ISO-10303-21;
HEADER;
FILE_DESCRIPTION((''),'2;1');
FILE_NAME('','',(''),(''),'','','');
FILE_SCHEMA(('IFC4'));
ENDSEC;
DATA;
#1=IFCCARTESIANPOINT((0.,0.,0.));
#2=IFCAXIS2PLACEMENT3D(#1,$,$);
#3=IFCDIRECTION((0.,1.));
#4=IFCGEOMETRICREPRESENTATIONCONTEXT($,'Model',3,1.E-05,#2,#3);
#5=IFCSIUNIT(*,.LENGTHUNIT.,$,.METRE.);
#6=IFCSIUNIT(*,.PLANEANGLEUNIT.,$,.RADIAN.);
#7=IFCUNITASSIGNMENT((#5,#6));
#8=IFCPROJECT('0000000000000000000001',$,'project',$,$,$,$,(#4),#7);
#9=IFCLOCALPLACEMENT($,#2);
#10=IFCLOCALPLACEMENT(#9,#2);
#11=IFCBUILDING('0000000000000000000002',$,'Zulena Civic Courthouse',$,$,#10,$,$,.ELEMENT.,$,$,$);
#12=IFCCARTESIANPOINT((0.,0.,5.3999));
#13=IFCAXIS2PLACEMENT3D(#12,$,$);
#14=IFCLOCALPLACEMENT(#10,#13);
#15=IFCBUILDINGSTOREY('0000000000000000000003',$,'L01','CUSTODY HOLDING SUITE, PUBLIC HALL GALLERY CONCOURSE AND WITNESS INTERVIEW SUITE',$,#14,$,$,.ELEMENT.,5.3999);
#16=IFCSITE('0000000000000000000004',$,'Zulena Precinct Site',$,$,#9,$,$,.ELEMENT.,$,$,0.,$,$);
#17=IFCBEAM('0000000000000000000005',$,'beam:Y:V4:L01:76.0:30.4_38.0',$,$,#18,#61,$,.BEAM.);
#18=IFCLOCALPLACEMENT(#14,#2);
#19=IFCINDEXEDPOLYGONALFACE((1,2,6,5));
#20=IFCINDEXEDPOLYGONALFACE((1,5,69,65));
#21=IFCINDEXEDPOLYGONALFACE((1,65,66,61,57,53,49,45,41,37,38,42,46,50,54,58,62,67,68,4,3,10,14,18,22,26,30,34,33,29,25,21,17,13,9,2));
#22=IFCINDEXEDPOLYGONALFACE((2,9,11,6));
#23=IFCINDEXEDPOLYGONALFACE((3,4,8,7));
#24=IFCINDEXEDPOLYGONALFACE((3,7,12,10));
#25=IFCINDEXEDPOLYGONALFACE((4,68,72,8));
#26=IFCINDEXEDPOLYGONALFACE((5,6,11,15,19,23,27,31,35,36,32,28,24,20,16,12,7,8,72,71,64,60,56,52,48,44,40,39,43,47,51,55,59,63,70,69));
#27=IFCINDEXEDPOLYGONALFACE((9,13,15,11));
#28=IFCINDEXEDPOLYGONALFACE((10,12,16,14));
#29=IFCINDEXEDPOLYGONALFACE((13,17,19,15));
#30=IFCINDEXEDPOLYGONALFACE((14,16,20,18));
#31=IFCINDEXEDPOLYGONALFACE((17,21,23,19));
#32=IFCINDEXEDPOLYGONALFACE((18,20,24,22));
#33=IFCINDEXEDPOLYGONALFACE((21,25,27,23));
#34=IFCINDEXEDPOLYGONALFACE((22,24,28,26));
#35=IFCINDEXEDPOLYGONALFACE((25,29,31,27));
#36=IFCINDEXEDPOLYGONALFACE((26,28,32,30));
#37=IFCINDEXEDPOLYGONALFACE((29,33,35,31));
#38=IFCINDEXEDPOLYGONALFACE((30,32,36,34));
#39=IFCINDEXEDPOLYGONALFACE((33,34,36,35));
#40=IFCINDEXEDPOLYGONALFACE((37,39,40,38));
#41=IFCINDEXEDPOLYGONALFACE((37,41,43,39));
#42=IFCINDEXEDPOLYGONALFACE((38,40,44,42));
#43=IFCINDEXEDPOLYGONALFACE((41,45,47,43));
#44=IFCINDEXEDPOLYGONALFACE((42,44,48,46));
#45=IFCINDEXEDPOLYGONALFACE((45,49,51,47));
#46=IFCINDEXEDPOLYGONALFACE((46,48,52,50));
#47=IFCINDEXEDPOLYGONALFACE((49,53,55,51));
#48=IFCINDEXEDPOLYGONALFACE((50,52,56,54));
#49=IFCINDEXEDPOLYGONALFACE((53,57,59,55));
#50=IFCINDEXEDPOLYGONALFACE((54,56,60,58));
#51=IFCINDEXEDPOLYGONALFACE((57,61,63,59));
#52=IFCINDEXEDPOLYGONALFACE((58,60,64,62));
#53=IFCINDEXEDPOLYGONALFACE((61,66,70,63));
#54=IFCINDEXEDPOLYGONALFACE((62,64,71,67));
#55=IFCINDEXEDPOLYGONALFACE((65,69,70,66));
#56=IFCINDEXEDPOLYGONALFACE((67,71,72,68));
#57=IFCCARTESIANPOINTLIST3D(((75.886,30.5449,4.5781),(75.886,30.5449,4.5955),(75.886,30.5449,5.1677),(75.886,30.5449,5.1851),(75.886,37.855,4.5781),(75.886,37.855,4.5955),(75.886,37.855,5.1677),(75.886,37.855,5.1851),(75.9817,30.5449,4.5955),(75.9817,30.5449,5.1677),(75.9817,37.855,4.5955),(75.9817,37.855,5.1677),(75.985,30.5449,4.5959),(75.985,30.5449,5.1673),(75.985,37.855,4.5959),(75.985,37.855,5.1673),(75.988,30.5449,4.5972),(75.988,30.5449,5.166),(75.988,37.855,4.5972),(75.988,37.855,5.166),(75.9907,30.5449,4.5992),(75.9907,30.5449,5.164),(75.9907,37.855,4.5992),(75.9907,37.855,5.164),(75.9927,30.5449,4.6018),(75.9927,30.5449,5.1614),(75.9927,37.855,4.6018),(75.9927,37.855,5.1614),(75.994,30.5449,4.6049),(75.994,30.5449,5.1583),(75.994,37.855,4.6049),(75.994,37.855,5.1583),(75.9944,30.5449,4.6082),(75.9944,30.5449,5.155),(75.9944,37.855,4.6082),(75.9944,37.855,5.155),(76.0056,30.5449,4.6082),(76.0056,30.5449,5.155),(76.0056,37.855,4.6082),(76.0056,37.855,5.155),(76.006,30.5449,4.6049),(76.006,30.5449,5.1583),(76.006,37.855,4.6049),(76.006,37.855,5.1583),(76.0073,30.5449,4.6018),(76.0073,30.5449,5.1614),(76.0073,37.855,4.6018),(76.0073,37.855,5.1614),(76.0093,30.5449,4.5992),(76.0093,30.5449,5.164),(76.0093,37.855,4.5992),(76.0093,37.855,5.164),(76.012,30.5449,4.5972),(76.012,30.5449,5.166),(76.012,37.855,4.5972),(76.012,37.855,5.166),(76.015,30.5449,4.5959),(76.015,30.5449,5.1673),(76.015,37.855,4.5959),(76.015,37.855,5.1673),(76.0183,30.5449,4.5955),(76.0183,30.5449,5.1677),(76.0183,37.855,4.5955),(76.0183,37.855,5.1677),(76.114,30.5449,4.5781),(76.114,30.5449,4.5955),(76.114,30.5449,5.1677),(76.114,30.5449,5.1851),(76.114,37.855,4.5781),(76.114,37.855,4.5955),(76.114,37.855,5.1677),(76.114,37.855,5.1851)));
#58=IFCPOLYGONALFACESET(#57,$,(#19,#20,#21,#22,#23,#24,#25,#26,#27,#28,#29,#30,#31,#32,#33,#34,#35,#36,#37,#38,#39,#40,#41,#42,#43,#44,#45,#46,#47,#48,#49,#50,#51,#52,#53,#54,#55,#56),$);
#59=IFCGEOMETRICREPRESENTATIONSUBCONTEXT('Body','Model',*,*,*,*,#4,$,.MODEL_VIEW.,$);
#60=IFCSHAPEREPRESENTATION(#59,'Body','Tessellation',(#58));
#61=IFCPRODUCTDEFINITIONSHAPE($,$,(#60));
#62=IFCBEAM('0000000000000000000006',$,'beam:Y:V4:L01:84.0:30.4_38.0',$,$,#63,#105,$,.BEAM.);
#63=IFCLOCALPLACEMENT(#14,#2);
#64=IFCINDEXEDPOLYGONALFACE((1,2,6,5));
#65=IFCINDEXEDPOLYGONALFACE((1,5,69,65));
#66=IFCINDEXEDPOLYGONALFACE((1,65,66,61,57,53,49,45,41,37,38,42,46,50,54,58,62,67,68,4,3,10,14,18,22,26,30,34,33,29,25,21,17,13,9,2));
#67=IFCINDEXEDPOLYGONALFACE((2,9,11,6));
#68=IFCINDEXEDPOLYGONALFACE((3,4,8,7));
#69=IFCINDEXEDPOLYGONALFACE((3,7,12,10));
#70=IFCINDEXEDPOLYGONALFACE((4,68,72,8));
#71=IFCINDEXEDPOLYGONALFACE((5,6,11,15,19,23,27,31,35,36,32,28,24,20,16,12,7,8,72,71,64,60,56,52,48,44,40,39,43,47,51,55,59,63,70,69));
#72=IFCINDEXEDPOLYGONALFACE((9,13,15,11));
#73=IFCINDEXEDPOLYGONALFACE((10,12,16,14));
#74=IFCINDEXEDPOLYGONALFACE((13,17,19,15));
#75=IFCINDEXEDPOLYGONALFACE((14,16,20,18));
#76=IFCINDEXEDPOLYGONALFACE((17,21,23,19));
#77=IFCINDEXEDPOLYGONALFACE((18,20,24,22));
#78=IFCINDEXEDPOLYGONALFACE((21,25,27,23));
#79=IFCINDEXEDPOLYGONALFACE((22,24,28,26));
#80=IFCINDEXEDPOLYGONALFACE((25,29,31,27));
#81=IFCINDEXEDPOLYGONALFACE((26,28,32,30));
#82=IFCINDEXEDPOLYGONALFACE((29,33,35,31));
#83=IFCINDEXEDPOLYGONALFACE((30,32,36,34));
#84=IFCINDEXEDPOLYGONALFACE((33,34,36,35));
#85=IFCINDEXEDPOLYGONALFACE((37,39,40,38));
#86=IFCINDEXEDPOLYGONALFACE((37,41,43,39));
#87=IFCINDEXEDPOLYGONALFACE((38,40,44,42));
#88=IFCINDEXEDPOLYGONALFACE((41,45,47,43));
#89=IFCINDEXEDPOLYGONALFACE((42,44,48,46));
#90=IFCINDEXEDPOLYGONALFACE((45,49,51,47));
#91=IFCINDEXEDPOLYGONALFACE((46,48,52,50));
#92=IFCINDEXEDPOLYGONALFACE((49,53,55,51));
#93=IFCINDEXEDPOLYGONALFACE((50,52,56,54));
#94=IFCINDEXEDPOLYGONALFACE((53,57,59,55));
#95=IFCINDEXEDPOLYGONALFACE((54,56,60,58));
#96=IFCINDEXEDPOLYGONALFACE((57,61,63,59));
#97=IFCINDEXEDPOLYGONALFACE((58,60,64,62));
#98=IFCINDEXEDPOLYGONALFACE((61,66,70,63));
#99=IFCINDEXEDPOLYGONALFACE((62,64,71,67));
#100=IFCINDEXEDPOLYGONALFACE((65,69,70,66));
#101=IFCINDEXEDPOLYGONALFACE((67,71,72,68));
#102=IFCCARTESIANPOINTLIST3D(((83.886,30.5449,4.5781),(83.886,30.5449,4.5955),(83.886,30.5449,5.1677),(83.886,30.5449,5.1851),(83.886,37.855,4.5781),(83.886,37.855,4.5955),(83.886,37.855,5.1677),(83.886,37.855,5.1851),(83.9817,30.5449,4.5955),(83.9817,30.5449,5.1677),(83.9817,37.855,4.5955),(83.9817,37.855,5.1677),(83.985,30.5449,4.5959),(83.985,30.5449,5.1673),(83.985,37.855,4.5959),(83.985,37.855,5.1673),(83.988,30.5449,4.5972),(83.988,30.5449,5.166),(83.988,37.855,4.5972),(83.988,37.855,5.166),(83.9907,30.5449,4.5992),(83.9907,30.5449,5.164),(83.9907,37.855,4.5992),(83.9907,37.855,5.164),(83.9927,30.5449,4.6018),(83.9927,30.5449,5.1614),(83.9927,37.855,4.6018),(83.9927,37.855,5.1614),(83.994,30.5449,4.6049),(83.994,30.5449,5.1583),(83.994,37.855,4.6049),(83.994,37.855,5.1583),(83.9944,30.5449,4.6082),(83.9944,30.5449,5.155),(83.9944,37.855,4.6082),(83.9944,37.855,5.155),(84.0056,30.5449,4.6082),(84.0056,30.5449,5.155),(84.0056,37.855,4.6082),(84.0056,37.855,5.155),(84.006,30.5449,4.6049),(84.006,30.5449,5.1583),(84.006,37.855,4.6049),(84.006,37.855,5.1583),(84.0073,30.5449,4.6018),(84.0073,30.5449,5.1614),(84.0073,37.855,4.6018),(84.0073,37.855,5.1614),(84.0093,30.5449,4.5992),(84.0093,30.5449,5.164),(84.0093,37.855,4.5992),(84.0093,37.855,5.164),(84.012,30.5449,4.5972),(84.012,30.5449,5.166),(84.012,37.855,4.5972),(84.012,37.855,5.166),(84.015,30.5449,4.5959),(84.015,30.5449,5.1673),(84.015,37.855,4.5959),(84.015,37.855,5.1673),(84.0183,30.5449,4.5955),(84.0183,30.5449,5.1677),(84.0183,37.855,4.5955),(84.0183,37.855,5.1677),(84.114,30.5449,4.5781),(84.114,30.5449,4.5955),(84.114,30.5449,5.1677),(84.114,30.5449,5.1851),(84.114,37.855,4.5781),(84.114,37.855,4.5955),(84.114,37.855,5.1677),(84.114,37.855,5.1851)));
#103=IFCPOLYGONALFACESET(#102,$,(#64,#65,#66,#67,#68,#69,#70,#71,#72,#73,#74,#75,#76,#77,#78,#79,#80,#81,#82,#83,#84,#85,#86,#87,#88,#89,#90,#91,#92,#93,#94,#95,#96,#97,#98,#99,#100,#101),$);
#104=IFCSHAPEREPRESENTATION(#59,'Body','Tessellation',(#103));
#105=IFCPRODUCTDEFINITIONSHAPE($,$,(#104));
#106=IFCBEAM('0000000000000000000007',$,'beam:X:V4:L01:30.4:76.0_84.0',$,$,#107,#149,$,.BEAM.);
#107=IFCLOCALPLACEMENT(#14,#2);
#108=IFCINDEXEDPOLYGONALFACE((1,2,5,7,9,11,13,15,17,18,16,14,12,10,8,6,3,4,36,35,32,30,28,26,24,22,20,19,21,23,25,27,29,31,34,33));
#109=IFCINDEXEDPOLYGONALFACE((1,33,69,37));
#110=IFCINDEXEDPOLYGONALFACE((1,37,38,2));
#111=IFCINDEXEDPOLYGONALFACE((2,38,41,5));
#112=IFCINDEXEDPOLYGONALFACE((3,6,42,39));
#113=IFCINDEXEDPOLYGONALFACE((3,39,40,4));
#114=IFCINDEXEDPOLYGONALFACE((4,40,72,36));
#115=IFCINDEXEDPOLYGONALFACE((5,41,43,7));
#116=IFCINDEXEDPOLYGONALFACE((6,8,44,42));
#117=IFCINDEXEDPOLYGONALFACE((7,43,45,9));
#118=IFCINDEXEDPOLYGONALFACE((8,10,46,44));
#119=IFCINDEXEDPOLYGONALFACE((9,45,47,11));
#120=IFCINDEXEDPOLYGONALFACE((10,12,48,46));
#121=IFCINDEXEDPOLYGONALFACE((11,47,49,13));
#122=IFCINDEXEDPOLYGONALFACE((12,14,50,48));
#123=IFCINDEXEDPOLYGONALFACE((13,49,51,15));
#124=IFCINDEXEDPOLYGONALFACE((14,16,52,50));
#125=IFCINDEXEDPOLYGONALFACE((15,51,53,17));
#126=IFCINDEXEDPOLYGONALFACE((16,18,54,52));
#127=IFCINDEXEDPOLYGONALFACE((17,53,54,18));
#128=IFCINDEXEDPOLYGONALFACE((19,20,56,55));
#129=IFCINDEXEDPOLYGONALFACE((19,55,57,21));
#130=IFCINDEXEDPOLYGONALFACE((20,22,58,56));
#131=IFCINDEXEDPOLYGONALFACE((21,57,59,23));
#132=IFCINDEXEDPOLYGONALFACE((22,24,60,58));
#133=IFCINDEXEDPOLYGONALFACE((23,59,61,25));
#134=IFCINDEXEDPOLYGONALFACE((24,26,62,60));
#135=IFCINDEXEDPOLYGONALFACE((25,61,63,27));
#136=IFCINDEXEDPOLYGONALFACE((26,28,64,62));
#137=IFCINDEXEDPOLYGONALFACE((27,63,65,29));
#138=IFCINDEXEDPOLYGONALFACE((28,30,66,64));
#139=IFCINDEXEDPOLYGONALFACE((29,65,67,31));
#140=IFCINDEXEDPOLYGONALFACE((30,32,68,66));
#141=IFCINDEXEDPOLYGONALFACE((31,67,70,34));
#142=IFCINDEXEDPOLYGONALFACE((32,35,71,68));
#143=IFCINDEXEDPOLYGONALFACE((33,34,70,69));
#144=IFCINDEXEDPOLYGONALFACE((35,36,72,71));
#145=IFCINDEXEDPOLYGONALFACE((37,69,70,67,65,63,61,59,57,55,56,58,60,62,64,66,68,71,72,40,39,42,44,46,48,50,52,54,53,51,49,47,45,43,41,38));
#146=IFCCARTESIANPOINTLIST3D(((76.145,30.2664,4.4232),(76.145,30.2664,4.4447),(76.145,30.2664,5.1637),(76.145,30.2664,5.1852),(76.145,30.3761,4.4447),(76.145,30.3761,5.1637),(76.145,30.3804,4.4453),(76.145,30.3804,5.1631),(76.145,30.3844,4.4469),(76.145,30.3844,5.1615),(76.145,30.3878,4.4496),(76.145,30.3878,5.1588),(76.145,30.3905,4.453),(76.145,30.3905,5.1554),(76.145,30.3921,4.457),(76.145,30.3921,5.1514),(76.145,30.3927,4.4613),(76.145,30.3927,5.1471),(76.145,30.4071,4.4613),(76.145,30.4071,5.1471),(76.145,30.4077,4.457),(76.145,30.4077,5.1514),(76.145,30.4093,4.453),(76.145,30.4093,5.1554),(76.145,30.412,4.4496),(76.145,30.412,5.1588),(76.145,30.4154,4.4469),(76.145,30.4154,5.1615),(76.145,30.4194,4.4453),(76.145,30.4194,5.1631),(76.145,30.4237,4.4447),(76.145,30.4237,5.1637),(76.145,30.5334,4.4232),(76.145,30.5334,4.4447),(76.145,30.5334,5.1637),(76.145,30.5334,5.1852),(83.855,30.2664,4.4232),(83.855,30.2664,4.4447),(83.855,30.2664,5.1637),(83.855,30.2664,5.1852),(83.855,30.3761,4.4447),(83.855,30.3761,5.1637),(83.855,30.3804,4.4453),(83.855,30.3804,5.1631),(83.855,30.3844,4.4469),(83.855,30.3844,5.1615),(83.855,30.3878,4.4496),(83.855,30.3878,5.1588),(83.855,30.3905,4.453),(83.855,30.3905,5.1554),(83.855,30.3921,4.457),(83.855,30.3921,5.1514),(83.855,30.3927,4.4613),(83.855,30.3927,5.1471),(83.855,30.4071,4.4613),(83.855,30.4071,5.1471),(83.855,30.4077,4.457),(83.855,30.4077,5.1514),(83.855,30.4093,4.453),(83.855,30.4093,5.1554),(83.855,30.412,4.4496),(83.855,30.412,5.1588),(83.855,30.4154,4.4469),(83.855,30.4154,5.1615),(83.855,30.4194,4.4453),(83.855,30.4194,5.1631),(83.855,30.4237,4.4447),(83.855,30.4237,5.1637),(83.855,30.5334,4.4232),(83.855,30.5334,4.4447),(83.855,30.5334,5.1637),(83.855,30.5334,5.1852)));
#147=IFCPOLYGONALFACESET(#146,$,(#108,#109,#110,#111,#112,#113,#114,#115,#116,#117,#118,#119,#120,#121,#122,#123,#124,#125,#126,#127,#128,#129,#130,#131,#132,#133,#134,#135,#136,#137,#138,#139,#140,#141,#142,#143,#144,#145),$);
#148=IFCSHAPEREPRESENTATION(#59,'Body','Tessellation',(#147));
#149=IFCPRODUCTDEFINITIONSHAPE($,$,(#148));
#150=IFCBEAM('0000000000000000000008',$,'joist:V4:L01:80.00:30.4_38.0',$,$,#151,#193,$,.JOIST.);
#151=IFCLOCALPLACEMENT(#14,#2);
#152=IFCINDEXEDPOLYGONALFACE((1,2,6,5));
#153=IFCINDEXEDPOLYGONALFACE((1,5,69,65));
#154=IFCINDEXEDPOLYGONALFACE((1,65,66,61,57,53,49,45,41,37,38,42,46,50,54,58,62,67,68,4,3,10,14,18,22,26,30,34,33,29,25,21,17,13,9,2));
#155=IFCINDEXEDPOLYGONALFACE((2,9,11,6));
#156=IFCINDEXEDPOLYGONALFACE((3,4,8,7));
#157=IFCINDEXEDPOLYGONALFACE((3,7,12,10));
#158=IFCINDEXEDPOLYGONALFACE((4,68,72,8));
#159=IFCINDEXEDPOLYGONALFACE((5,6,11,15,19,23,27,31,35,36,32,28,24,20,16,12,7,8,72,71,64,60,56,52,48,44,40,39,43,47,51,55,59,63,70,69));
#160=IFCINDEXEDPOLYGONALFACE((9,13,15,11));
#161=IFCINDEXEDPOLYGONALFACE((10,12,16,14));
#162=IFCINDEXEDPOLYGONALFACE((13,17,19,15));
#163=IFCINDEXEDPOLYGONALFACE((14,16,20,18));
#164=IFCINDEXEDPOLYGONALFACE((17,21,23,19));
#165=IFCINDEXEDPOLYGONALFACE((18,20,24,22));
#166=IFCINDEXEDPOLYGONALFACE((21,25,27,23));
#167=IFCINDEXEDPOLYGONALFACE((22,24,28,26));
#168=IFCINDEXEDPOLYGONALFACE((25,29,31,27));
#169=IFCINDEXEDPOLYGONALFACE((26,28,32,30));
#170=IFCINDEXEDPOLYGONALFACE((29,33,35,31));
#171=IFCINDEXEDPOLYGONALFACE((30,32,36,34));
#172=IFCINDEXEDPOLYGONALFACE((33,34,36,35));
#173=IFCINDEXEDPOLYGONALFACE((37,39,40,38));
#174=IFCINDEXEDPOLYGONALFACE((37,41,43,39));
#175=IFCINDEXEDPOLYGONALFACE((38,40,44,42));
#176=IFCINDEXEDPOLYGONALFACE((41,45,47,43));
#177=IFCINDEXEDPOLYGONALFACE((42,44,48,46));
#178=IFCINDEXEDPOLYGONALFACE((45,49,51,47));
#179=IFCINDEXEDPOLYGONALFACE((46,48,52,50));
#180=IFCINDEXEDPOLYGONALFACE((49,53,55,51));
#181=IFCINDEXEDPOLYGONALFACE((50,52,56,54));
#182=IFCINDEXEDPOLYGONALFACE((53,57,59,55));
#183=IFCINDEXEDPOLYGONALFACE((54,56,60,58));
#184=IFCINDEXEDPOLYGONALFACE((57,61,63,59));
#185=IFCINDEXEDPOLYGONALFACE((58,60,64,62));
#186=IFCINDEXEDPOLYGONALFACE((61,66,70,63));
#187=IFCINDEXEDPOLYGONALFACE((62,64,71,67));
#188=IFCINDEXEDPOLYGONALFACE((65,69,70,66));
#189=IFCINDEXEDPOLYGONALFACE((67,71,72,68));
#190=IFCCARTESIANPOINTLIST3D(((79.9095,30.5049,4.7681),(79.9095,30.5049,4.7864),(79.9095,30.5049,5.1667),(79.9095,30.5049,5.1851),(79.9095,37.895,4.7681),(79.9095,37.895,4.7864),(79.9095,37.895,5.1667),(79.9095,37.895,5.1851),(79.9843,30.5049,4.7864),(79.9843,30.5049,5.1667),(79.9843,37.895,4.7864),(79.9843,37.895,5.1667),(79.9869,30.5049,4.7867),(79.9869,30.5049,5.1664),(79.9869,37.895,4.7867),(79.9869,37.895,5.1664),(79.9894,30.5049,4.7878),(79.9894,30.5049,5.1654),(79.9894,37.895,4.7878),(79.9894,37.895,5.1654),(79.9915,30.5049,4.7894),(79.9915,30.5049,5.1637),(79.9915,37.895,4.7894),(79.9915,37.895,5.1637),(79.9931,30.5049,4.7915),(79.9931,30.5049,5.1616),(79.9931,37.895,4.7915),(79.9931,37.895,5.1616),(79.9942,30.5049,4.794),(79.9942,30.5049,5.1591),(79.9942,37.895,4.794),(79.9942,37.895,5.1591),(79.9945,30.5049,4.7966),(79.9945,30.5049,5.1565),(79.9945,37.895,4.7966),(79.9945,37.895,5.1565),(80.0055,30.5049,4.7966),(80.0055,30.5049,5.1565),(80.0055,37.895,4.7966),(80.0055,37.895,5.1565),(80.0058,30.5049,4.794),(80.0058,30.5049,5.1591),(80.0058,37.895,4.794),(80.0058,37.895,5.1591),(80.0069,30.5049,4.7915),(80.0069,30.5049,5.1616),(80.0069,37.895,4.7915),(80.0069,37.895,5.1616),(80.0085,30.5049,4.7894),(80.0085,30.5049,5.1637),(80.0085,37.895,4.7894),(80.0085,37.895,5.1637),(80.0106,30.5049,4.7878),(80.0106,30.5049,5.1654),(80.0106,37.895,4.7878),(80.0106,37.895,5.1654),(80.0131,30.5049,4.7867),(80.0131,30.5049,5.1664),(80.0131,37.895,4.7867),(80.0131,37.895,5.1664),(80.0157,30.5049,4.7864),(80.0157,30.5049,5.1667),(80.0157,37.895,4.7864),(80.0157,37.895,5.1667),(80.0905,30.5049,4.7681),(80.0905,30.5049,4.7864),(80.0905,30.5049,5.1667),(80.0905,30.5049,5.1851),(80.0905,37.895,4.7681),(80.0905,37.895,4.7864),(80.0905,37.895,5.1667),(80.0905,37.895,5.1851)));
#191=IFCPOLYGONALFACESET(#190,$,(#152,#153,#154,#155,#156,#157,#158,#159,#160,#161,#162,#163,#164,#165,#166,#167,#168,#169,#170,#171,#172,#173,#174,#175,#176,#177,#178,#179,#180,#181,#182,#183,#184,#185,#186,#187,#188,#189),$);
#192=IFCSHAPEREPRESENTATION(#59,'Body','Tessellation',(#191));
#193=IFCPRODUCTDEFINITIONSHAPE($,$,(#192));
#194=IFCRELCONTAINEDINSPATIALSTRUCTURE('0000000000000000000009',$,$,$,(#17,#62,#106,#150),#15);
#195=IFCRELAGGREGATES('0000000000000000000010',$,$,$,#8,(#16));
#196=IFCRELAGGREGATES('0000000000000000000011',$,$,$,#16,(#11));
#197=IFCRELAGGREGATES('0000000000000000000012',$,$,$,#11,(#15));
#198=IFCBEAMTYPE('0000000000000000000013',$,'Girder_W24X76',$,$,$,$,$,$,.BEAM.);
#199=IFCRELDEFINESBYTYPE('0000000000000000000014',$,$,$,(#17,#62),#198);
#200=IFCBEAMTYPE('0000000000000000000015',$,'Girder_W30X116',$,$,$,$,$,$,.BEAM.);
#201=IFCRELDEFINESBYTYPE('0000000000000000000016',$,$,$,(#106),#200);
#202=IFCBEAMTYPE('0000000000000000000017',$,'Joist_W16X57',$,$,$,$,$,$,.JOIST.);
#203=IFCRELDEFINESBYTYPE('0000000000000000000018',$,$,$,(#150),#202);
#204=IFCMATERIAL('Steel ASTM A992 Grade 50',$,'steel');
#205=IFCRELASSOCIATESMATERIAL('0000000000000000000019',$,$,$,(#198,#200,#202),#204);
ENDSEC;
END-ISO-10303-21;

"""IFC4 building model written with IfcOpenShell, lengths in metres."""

from ifc_helpers import new_model, si_unit, direction, frame, origin, origin_2d, place, context, subcontext, project, spatial, i_section, extrude, material, material_profile, profile_set, type_object, element, save


model = new_model("IFC4")

# Units and contexts
model_context = context("Model", 3, precision=1e-05, world=origin(), true_north=direction((0.0, 1.0)))
body_context = subcontext(model_context, "Body", "Model", "MODEL_VIEW")
ifc_project = project(units=[si_unit("LENGTHUNIT", "METRE"), si_unit("PLANEANGLEUNIT", "RADIAN")], contexts=[model_context])

# Site, building, storey
site_placement = place(None, origin())
site = spatial("IfcSite", under=ifc_project, at=site_placement, Name="Zulena Precinct Site", CompositionType="ELEMENT", RefElevation=0.0)
building_placement = place(site_placement, origin())
building = spatial("IfcBuilding", under=site, at=building_placement, Name="Zulena Civic Courthouse", CompositionType="ELEMENT")
storey_placement = place(building_placement, frame((0.0, 0.0, 5.3999)))
storey = spatial("IfcBuildingStorey", under=building, at=storey_placement, Name="L01", Description="CUSTODY HOLDING SUITE, PUBLIC HALL GALLERY CONCOURSE AND WITNESS INTERVIEW SUITE", CompositionType="ELEMENT", Elevation=5.3999)

# Shared definitions
ifc_material_1 = material(Name="Steel ASTM A992 Grade 50", Category="steel")

# Beams
ifc_material_profile_1 = material_profile(ifc_material_1, i_section(OverallWidth=0.228, OverallDepth=0.6069, WebThickness=0.0112, FlangeThickness=0.0173, FilletRadius=0.0127, at=origin_2d()), Name="W24X76")
ifc_profile_set_1 = profile_set([ifc_material_profile_1], Name="Steel ASTM A992 Grade 50")
beam_type_1 = type_object("IfcBeamType", Name="Girder_W24X76", PredefinedType="BEAM", material=ifc_profile_set_1)
for number, where, z_axis, x_axis, name in (
    (1, (76.0, 30.5449, 4.8816), (0.0, 1.0, 0.0), (-1.0, 0.0, 0.0), "beam:Y:V4:L01:76.0:30.4_38.0"),
    (2, (84.0, 30.5449, 4.8816), (0.0, 1.0, 0.0), (-1.0, 0.0, 0.0), "beam:Y:V4:L01:84.0:30.4_38.0"),
):
    element("IfcBeam", number, at=place(storey_placement, frame(where, z_axis=z_axis, x_axis=x_axis)), inside=storey, type_object=beam_type_1, Name=name, PredefinedType="BEAM", context=body_context, shape_type="SweptSolid", body=[
        extrude(i_section(OverallWidth=0.228, OverallDepth=0.6069, WebThickness=0.0112, FlangeThickness=0.0173, FilletRadius=0.0127, at=origin_2d()), origin(), (0.0, 0.0, 1.0), 7.3101),
    ])
ifc_material_profile_2 = material_profile(ifc_material_1, i_section(OverallWidth=0.2671, OverallDepth=0.762, WebThickness=0.0144, FlangeThickness=0.0215, FilletRadius=0.0166, at=origin_2d()), Name="W30X116")
ifc_profile_set_2 = profile_set([ifc_material_profile_2], Name="Steel ASTM A992 Grade 50")
beam_type_2 = type_object("IfcBeamType", Name="Girder_W30X116", PredefinedType="BEAM", material=ifc_profile_set_2)
beam_1_placement = place(storey_placement, frame((76.145, 30.3999, 4.8042), z_axis=(1.0, 0.0, 0.0), x_axis=(0.0, 1.0, 0.0)))
element("IfcBeam", 3, at=beam_1_placement, inside=storey, type_object=beam_type_2, Name="beam:X:V4:L01:30.4:76.0_84.0", PredefinedType="BEAM", context=body_context, shape_type="SweptSolid", body=[
    extrude(i_section(OverallWidth=0.2671, OverallDepth=0.762, WebThickness=0.0144, FlangeThickness=0.0215, FilletRadius=0.0166, at=origin_2d()), origin(), (0.0, 0.0, 1.0), 7.71),
])
ifc_material_profile_3 = material_profile(ifc_material_1, i_section(OverallWidth=0.1809, OverallDepth=0.417, WebThickness=0.011, FlangeThickness=0.0183, FilletRadius=0.0103, at=origin_2d()), Name="W16X57")
ifc_profile_set_3 = profile_set([ifc_material_profile_3], Name="Steel ASTM A992 Grade 50")
beam_type_3 = type_object("IfcBeamType", Name="Joist_W16X57", PredefinedType="JOIST", material=ifc_profile_set_3)
beam_2_placement = place(storey_placement, frame((80.0, 30.5049, 4.9766), z_axis=(0.0, 1.0, 0.0), x_axis=(-1.0, 0.0, 0.0)))
element("IfcBeam", 4, at=beam_2_placement, inside=storey, type_object=beam_type_3, Name="joist:V4:L01:80.00:30.4_38.0", PredefinedType="JOIST", context=body_context, shape_type="SweptSolid", body=[
    extrude(i_section(OverallWidth=0.1809, OverallDepth=0.417, WebThickness=0.011, FlangeThickness=0.0183, FilletRadius=0.0103, at=origin_2d()), origin(), (0.0, 0.0, 1.0), 7.3901),
])

save(model, "model.ifc")
